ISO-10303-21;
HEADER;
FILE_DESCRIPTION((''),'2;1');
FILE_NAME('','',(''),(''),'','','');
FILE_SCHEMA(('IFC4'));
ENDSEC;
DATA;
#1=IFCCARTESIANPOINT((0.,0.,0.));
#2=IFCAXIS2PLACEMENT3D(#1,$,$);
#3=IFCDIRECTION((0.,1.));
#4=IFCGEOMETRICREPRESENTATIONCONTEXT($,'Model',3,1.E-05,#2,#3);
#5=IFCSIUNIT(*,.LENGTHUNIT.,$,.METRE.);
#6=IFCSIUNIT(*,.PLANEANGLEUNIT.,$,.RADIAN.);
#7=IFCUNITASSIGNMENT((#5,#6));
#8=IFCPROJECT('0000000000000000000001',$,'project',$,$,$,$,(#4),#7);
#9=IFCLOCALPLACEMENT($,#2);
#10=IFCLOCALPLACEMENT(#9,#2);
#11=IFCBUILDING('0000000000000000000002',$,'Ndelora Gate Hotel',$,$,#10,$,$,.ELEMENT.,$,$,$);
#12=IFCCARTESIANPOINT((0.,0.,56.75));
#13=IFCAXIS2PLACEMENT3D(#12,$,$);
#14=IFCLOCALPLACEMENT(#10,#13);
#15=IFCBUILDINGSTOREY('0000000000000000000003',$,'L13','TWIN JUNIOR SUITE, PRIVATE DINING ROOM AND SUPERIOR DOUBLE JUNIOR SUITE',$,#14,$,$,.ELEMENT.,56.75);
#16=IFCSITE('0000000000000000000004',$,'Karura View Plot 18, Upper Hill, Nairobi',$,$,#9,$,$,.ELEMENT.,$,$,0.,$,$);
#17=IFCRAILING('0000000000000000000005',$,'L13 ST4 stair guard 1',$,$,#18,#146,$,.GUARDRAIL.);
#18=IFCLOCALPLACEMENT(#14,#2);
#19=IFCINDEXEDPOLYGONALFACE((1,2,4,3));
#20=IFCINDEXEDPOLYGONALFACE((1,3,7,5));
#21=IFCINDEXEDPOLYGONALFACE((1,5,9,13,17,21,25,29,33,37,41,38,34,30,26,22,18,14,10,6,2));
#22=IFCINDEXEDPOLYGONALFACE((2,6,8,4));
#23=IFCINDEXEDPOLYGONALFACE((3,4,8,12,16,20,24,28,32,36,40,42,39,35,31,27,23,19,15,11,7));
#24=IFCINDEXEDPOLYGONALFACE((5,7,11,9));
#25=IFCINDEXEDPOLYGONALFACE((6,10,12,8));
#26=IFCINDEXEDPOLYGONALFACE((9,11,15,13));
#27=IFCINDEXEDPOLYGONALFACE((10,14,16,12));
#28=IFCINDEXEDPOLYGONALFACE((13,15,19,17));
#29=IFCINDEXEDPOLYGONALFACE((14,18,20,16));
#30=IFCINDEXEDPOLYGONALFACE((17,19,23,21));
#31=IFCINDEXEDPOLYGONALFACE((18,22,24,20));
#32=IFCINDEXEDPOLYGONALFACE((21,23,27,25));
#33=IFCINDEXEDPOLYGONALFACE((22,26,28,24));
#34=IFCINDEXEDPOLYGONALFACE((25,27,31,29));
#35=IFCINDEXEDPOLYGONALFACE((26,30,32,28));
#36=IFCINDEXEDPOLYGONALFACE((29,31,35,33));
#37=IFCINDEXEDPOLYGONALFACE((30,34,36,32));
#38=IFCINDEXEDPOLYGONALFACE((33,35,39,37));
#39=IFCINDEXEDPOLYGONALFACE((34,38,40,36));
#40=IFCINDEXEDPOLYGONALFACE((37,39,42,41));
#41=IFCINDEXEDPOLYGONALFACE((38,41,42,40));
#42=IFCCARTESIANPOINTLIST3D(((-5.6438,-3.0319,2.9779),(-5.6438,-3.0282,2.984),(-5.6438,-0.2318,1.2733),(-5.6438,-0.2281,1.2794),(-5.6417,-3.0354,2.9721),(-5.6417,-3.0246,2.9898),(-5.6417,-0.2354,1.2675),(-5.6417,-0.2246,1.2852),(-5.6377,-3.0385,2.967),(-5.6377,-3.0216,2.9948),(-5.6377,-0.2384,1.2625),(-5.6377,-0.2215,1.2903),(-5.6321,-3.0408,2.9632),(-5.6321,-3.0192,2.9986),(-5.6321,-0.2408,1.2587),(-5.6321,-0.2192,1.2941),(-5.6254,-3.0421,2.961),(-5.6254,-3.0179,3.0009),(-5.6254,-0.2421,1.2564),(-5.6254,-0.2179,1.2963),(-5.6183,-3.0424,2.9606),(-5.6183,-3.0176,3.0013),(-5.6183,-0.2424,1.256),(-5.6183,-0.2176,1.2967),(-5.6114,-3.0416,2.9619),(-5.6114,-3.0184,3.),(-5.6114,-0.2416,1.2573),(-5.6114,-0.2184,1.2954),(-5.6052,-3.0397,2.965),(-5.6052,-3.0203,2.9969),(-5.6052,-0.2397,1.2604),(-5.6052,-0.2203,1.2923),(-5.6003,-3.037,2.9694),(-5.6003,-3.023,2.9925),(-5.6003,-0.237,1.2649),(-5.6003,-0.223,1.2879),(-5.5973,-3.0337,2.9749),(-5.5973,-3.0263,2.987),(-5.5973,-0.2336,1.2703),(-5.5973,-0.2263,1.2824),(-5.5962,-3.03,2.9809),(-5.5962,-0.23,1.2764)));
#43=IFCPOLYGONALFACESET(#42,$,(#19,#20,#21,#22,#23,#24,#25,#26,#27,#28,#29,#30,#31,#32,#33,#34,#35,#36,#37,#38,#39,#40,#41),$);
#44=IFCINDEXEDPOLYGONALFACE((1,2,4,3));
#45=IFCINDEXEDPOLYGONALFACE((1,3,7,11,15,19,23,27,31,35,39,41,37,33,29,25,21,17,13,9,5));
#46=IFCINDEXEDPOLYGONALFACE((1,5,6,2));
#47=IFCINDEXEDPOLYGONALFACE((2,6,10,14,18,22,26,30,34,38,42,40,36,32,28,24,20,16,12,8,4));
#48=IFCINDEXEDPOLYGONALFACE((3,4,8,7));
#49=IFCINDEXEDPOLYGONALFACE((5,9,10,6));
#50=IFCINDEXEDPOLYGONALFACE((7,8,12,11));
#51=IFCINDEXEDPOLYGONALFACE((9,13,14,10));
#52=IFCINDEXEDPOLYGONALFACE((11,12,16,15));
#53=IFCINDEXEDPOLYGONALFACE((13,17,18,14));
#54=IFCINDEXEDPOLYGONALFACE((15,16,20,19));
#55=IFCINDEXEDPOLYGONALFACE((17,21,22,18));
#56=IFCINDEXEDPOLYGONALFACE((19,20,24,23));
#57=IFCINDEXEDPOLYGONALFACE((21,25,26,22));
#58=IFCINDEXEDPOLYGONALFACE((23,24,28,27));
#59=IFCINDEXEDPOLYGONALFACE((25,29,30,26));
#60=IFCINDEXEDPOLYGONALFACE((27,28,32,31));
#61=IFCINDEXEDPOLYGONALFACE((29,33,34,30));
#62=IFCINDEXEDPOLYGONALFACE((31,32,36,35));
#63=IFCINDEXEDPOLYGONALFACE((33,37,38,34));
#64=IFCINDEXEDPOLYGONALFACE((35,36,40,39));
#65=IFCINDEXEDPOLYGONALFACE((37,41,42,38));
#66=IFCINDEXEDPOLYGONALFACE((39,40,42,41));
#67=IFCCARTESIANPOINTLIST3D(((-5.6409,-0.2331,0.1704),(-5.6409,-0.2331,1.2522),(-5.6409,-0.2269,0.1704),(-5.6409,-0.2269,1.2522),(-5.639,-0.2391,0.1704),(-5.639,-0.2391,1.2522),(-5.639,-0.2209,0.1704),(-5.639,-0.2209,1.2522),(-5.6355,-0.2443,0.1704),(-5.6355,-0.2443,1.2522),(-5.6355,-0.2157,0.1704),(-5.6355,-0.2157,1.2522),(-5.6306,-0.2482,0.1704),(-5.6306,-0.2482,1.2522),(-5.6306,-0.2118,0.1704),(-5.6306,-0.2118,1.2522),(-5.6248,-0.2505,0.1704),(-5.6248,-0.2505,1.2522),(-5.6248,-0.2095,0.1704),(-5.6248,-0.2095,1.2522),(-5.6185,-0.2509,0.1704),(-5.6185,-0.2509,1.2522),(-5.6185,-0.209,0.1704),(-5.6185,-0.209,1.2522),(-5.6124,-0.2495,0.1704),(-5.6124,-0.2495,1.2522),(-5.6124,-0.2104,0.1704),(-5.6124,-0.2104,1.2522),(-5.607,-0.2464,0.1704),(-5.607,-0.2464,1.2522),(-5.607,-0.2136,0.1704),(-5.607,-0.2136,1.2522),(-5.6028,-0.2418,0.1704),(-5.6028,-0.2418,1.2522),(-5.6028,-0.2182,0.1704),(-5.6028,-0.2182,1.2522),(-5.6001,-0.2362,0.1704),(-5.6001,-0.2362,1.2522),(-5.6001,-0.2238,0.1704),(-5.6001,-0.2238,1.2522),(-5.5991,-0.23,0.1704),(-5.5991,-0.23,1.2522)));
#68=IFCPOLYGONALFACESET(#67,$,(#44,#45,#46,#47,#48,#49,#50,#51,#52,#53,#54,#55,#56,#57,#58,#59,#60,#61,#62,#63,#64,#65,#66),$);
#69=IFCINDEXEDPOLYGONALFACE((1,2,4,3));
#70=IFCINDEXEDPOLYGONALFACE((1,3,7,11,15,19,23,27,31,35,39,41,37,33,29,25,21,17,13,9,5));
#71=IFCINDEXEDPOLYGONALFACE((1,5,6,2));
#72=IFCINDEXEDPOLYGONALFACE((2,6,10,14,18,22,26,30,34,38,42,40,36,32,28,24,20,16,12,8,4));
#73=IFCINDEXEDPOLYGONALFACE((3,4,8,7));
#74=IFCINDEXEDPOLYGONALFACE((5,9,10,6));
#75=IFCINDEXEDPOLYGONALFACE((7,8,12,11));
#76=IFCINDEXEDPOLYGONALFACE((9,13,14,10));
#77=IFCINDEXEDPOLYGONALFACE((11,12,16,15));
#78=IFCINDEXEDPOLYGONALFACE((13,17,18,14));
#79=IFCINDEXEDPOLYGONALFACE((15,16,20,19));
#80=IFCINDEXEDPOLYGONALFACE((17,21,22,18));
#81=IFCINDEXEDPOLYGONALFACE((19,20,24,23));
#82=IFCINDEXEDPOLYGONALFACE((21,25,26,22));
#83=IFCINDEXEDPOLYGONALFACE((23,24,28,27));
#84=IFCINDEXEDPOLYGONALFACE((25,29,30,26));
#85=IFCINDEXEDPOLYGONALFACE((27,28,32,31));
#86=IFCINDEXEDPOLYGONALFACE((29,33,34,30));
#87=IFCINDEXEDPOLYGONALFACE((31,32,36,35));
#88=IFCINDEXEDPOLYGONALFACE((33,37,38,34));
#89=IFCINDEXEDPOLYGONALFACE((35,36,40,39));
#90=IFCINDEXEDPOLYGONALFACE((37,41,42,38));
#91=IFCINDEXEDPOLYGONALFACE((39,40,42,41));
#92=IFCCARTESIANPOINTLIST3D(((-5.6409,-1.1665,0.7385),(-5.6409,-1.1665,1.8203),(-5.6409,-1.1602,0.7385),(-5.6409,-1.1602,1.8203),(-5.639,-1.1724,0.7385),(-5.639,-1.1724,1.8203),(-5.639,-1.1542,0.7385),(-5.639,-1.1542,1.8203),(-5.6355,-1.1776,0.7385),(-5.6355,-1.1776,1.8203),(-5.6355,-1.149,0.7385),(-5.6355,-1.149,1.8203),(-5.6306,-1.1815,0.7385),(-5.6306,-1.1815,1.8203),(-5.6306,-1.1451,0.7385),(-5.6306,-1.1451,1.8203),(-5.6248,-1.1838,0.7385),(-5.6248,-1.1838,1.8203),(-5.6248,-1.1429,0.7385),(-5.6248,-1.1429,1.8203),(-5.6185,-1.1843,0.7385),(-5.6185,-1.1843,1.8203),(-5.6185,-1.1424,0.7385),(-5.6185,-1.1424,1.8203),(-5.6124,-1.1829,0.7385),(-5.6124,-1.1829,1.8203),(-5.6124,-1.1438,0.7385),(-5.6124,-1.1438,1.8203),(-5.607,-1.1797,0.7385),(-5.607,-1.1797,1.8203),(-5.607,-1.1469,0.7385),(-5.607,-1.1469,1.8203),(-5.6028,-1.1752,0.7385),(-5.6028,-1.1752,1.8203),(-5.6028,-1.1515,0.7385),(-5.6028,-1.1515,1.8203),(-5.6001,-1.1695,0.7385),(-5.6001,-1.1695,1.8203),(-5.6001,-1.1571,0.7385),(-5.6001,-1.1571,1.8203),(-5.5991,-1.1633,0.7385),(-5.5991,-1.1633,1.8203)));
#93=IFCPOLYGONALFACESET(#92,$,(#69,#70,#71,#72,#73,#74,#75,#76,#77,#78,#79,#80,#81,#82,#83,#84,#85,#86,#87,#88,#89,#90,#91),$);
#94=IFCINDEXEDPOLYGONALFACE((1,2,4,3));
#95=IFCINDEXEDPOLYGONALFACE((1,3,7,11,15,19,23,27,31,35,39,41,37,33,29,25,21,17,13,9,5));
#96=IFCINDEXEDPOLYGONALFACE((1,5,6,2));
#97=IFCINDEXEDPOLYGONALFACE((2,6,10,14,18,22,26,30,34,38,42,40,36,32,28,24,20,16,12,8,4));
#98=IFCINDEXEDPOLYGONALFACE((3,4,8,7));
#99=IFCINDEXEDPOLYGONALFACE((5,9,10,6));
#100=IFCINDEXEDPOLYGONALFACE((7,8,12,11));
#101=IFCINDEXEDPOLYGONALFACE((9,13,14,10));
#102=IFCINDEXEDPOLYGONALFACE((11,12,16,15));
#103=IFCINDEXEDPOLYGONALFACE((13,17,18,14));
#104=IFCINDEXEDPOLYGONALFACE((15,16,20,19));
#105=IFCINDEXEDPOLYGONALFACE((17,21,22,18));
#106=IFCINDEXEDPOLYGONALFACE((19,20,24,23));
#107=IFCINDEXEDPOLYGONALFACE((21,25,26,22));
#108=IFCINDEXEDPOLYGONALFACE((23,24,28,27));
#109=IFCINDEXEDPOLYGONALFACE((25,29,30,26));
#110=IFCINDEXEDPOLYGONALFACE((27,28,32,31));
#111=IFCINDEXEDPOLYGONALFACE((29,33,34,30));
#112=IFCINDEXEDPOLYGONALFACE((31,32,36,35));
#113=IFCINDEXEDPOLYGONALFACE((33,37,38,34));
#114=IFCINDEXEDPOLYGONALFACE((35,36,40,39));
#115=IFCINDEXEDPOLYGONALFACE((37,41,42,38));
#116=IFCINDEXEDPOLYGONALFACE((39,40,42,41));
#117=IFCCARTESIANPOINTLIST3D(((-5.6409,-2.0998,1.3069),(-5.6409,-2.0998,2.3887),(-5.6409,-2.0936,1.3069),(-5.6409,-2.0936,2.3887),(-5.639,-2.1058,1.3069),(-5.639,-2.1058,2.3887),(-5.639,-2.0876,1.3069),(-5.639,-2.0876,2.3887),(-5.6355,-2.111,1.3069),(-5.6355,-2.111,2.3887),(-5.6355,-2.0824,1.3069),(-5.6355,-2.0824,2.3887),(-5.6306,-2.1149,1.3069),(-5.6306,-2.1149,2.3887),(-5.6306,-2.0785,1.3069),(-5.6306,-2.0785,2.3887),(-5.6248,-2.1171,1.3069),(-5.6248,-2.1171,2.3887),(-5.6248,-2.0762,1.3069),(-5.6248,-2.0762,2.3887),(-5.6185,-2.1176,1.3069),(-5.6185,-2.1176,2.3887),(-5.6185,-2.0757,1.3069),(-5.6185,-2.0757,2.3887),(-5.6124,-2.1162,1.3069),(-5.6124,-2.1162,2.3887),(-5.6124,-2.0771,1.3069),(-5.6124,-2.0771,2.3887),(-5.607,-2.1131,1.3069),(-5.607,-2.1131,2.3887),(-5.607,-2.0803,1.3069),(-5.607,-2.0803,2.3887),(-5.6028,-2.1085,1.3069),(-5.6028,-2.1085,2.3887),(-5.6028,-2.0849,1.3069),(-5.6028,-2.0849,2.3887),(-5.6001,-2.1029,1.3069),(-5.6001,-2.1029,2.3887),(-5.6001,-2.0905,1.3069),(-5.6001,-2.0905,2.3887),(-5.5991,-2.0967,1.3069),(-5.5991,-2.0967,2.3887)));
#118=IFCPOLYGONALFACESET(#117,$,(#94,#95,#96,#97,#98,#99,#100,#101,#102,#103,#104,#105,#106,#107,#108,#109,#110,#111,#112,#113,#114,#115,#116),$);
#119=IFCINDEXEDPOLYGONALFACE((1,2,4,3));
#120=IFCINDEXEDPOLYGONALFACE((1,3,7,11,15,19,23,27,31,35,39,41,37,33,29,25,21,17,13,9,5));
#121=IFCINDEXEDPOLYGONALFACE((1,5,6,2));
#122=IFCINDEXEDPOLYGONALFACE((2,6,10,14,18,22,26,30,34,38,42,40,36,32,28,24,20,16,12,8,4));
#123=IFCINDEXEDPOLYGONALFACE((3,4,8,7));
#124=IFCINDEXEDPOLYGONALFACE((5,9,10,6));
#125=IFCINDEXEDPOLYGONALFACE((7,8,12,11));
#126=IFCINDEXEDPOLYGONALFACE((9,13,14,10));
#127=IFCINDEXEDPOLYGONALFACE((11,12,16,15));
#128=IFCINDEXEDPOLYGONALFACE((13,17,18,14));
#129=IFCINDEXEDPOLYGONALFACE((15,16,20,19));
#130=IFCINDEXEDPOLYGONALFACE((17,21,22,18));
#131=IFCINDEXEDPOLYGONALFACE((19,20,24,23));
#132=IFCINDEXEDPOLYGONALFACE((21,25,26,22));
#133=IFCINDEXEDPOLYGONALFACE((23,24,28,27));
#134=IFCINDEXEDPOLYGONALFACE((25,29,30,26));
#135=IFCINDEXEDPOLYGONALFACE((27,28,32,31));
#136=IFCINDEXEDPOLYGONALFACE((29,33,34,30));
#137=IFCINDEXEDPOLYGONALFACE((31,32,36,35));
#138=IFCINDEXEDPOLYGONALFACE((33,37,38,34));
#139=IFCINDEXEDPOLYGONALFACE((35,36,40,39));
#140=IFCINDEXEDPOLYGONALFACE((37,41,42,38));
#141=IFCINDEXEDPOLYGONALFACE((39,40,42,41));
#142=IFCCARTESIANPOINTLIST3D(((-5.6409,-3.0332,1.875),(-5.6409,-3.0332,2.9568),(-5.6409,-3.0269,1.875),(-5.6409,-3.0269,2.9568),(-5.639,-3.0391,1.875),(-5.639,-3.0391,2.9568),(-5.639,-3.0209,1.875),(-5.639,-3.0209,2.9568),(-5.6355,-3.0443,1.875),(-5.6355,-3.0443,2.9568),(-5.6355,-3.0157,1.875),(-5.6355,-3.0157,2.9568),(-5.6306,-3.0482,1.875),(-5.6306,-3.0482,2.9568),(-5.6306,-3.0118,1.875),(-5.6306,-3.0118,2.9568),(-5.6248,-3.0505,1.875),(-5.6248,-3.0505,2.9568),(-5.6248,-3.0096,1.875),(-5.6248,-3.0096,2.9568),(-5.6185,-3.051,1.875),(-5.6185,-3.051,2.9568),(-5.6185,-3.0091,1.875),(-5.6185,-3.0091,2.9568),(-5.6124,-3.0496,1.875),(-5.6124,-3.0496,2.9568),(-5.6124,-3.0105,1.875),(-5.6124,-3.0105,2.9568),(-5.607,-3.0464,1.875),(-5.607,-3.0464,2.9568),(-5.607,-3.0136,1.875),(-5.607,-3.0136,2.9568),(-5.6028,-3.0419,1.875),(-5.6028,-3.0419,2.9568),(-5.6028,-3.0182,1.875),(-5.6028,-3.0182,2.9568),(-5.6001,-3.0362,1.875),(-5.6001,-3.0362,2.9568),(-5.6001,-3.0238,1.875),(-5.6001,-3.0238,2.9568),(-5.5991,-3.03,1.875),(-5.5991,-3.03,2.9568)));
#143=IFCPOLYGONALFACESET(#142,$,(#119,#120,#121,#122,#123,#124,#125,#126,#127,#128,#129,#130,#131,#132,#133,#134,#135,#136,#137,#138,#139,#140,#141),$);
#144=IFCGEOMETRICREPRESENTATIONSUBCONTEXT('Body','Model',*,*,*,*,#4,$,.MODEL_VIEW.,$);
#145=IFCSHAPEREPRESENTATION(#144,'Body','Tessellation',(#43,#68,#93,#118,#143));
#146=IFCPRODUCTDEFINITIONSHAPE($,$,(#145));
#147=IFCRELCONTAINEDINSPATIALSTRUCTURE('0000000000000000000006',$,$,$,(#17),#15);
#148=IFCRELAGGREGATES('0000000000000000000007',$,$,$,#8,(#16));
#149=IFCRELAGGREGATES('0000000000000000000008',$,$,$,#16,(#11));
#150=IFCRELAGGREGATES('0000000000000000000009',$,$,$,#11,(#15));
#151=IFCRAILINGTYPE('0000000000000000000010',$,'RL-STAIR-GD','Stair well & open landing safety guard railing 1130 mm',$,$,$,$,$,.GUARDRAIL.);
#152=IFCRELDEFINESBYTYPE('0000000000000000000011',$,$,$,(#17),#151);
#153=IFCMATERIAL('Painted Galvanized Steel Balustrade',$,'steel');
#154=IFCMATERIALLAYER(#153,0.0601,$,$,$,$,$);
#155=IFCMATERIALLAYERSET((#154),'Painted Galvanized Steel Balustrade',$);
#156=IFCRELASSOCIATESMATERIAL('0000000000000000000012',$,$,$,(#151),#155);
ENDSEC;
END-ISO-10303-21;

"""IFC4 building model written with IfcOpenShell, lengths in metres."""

from ifc_helpers import new_model, si_unit, direction, frame, origin, origin_2d, place, context, subcontext, project, spatial, circle, extrude, material, layer, layer_set, type_object, element, save


model = new_model("IFC4")

# Units and contexts
model_context = context("Model", 3, precision=1e-05, world=origin(), true_north=direction((0.0, 1.0)))
body_context = subcontext(model_context, "Body", "Model", "MODEL_VIEW")
ifc_project = project(units=[si_unit("LENGTHUNIT", "METRE"), si_unit("PLANEANGLEUNIT", "RADIAN")], contexts=[model_context])

# Site, building, storey
site_placement = place(None, origin())
site = spatial("IfcSite", under=ifc_project, at=site_placement, Name="Karura View Plot 18, Upper Hill, Nairobi", CompositionType="ELEMENT", RefElevation=0.0)
building_placement = place(site_placement, origin())
building = spatial("IfcBuilding", under=site, at=building_placement, Name="Ndelora Gate Hotel", CompositionType="ELEMENT")
storey_placement = place(building_placement, frame((0.0, 0.0, 56.75)))
storey = spatial("IfcBuildingStorey", under=building, at=storey_placement, Name="L13", Description="TWIN JUNIOR SUITE, PRIVATE DINING ROOM AND SUPERIOR DOUBLE JUNIOR SUITE", CompositionType="ELEMENT", Elevation=56.75)

# Railing
ifc_material_1 = material(Name="Painted Galvanized Steel Balustrade", Category="steel")
ifc_layer_1 = layer(ifc_material_1, 0.0601)
ifc_layer_set_1 = layer_set([ifc_layer_1], Name="Painted Galvanized Steel Balustrade")
railing_type = type_object("IfcRailingType", Name="RL-STAIR-GD", Description="Stair well & open landing safety guard railing 1130 mm", PredefinedType="GUARDRAIL", material=ifc_layer_set_1)
railing_1_placement = place(storey_placement, frame((-5.6201, -0.23, 0.1704)))
element("IfcRailing", 1, at=railing_1_placement, inside=storey, type_object=railing_type, Name="L13 ST4 stair guard 1", PredefinedType="GUARDRAIL", context=body_context, shape_type="SweptSolid", body=[
    extrude(circle(Radius=0.0239, at=origin_2d()), frame((0.0, 0.0, 1.106), z_axis=(0.0, -0.85417, 0.519994), x_axis=(1.0, 0.0, 0.0)), (0.0, 0.0, 1.0), 3.2781),
    extrude(circle(Radius=0.021, at=origin_2d()), origin(), (0.0, 0.0, 1.0), 1.0818),
    extrude(circle(Radius=0.021, at=origin_2d()), frame((0.0, -0.9333, 0.5681)), (0.0, 0.0, 1.0), 1.0818),
    extrude(circle(Radius=0.021, at=origin_2d()), frame((0.0, -1.8667, 1.1365)), (0.0, 0.0, 1.0), 1.0818),
    extrude(circle(Radius=0.021, at=origin_2d()), frame((0.0, -2.8, 1.7046)), (0.0, 0.0, 1.0), 1.0818),
])

save(model, "model.ifc")
